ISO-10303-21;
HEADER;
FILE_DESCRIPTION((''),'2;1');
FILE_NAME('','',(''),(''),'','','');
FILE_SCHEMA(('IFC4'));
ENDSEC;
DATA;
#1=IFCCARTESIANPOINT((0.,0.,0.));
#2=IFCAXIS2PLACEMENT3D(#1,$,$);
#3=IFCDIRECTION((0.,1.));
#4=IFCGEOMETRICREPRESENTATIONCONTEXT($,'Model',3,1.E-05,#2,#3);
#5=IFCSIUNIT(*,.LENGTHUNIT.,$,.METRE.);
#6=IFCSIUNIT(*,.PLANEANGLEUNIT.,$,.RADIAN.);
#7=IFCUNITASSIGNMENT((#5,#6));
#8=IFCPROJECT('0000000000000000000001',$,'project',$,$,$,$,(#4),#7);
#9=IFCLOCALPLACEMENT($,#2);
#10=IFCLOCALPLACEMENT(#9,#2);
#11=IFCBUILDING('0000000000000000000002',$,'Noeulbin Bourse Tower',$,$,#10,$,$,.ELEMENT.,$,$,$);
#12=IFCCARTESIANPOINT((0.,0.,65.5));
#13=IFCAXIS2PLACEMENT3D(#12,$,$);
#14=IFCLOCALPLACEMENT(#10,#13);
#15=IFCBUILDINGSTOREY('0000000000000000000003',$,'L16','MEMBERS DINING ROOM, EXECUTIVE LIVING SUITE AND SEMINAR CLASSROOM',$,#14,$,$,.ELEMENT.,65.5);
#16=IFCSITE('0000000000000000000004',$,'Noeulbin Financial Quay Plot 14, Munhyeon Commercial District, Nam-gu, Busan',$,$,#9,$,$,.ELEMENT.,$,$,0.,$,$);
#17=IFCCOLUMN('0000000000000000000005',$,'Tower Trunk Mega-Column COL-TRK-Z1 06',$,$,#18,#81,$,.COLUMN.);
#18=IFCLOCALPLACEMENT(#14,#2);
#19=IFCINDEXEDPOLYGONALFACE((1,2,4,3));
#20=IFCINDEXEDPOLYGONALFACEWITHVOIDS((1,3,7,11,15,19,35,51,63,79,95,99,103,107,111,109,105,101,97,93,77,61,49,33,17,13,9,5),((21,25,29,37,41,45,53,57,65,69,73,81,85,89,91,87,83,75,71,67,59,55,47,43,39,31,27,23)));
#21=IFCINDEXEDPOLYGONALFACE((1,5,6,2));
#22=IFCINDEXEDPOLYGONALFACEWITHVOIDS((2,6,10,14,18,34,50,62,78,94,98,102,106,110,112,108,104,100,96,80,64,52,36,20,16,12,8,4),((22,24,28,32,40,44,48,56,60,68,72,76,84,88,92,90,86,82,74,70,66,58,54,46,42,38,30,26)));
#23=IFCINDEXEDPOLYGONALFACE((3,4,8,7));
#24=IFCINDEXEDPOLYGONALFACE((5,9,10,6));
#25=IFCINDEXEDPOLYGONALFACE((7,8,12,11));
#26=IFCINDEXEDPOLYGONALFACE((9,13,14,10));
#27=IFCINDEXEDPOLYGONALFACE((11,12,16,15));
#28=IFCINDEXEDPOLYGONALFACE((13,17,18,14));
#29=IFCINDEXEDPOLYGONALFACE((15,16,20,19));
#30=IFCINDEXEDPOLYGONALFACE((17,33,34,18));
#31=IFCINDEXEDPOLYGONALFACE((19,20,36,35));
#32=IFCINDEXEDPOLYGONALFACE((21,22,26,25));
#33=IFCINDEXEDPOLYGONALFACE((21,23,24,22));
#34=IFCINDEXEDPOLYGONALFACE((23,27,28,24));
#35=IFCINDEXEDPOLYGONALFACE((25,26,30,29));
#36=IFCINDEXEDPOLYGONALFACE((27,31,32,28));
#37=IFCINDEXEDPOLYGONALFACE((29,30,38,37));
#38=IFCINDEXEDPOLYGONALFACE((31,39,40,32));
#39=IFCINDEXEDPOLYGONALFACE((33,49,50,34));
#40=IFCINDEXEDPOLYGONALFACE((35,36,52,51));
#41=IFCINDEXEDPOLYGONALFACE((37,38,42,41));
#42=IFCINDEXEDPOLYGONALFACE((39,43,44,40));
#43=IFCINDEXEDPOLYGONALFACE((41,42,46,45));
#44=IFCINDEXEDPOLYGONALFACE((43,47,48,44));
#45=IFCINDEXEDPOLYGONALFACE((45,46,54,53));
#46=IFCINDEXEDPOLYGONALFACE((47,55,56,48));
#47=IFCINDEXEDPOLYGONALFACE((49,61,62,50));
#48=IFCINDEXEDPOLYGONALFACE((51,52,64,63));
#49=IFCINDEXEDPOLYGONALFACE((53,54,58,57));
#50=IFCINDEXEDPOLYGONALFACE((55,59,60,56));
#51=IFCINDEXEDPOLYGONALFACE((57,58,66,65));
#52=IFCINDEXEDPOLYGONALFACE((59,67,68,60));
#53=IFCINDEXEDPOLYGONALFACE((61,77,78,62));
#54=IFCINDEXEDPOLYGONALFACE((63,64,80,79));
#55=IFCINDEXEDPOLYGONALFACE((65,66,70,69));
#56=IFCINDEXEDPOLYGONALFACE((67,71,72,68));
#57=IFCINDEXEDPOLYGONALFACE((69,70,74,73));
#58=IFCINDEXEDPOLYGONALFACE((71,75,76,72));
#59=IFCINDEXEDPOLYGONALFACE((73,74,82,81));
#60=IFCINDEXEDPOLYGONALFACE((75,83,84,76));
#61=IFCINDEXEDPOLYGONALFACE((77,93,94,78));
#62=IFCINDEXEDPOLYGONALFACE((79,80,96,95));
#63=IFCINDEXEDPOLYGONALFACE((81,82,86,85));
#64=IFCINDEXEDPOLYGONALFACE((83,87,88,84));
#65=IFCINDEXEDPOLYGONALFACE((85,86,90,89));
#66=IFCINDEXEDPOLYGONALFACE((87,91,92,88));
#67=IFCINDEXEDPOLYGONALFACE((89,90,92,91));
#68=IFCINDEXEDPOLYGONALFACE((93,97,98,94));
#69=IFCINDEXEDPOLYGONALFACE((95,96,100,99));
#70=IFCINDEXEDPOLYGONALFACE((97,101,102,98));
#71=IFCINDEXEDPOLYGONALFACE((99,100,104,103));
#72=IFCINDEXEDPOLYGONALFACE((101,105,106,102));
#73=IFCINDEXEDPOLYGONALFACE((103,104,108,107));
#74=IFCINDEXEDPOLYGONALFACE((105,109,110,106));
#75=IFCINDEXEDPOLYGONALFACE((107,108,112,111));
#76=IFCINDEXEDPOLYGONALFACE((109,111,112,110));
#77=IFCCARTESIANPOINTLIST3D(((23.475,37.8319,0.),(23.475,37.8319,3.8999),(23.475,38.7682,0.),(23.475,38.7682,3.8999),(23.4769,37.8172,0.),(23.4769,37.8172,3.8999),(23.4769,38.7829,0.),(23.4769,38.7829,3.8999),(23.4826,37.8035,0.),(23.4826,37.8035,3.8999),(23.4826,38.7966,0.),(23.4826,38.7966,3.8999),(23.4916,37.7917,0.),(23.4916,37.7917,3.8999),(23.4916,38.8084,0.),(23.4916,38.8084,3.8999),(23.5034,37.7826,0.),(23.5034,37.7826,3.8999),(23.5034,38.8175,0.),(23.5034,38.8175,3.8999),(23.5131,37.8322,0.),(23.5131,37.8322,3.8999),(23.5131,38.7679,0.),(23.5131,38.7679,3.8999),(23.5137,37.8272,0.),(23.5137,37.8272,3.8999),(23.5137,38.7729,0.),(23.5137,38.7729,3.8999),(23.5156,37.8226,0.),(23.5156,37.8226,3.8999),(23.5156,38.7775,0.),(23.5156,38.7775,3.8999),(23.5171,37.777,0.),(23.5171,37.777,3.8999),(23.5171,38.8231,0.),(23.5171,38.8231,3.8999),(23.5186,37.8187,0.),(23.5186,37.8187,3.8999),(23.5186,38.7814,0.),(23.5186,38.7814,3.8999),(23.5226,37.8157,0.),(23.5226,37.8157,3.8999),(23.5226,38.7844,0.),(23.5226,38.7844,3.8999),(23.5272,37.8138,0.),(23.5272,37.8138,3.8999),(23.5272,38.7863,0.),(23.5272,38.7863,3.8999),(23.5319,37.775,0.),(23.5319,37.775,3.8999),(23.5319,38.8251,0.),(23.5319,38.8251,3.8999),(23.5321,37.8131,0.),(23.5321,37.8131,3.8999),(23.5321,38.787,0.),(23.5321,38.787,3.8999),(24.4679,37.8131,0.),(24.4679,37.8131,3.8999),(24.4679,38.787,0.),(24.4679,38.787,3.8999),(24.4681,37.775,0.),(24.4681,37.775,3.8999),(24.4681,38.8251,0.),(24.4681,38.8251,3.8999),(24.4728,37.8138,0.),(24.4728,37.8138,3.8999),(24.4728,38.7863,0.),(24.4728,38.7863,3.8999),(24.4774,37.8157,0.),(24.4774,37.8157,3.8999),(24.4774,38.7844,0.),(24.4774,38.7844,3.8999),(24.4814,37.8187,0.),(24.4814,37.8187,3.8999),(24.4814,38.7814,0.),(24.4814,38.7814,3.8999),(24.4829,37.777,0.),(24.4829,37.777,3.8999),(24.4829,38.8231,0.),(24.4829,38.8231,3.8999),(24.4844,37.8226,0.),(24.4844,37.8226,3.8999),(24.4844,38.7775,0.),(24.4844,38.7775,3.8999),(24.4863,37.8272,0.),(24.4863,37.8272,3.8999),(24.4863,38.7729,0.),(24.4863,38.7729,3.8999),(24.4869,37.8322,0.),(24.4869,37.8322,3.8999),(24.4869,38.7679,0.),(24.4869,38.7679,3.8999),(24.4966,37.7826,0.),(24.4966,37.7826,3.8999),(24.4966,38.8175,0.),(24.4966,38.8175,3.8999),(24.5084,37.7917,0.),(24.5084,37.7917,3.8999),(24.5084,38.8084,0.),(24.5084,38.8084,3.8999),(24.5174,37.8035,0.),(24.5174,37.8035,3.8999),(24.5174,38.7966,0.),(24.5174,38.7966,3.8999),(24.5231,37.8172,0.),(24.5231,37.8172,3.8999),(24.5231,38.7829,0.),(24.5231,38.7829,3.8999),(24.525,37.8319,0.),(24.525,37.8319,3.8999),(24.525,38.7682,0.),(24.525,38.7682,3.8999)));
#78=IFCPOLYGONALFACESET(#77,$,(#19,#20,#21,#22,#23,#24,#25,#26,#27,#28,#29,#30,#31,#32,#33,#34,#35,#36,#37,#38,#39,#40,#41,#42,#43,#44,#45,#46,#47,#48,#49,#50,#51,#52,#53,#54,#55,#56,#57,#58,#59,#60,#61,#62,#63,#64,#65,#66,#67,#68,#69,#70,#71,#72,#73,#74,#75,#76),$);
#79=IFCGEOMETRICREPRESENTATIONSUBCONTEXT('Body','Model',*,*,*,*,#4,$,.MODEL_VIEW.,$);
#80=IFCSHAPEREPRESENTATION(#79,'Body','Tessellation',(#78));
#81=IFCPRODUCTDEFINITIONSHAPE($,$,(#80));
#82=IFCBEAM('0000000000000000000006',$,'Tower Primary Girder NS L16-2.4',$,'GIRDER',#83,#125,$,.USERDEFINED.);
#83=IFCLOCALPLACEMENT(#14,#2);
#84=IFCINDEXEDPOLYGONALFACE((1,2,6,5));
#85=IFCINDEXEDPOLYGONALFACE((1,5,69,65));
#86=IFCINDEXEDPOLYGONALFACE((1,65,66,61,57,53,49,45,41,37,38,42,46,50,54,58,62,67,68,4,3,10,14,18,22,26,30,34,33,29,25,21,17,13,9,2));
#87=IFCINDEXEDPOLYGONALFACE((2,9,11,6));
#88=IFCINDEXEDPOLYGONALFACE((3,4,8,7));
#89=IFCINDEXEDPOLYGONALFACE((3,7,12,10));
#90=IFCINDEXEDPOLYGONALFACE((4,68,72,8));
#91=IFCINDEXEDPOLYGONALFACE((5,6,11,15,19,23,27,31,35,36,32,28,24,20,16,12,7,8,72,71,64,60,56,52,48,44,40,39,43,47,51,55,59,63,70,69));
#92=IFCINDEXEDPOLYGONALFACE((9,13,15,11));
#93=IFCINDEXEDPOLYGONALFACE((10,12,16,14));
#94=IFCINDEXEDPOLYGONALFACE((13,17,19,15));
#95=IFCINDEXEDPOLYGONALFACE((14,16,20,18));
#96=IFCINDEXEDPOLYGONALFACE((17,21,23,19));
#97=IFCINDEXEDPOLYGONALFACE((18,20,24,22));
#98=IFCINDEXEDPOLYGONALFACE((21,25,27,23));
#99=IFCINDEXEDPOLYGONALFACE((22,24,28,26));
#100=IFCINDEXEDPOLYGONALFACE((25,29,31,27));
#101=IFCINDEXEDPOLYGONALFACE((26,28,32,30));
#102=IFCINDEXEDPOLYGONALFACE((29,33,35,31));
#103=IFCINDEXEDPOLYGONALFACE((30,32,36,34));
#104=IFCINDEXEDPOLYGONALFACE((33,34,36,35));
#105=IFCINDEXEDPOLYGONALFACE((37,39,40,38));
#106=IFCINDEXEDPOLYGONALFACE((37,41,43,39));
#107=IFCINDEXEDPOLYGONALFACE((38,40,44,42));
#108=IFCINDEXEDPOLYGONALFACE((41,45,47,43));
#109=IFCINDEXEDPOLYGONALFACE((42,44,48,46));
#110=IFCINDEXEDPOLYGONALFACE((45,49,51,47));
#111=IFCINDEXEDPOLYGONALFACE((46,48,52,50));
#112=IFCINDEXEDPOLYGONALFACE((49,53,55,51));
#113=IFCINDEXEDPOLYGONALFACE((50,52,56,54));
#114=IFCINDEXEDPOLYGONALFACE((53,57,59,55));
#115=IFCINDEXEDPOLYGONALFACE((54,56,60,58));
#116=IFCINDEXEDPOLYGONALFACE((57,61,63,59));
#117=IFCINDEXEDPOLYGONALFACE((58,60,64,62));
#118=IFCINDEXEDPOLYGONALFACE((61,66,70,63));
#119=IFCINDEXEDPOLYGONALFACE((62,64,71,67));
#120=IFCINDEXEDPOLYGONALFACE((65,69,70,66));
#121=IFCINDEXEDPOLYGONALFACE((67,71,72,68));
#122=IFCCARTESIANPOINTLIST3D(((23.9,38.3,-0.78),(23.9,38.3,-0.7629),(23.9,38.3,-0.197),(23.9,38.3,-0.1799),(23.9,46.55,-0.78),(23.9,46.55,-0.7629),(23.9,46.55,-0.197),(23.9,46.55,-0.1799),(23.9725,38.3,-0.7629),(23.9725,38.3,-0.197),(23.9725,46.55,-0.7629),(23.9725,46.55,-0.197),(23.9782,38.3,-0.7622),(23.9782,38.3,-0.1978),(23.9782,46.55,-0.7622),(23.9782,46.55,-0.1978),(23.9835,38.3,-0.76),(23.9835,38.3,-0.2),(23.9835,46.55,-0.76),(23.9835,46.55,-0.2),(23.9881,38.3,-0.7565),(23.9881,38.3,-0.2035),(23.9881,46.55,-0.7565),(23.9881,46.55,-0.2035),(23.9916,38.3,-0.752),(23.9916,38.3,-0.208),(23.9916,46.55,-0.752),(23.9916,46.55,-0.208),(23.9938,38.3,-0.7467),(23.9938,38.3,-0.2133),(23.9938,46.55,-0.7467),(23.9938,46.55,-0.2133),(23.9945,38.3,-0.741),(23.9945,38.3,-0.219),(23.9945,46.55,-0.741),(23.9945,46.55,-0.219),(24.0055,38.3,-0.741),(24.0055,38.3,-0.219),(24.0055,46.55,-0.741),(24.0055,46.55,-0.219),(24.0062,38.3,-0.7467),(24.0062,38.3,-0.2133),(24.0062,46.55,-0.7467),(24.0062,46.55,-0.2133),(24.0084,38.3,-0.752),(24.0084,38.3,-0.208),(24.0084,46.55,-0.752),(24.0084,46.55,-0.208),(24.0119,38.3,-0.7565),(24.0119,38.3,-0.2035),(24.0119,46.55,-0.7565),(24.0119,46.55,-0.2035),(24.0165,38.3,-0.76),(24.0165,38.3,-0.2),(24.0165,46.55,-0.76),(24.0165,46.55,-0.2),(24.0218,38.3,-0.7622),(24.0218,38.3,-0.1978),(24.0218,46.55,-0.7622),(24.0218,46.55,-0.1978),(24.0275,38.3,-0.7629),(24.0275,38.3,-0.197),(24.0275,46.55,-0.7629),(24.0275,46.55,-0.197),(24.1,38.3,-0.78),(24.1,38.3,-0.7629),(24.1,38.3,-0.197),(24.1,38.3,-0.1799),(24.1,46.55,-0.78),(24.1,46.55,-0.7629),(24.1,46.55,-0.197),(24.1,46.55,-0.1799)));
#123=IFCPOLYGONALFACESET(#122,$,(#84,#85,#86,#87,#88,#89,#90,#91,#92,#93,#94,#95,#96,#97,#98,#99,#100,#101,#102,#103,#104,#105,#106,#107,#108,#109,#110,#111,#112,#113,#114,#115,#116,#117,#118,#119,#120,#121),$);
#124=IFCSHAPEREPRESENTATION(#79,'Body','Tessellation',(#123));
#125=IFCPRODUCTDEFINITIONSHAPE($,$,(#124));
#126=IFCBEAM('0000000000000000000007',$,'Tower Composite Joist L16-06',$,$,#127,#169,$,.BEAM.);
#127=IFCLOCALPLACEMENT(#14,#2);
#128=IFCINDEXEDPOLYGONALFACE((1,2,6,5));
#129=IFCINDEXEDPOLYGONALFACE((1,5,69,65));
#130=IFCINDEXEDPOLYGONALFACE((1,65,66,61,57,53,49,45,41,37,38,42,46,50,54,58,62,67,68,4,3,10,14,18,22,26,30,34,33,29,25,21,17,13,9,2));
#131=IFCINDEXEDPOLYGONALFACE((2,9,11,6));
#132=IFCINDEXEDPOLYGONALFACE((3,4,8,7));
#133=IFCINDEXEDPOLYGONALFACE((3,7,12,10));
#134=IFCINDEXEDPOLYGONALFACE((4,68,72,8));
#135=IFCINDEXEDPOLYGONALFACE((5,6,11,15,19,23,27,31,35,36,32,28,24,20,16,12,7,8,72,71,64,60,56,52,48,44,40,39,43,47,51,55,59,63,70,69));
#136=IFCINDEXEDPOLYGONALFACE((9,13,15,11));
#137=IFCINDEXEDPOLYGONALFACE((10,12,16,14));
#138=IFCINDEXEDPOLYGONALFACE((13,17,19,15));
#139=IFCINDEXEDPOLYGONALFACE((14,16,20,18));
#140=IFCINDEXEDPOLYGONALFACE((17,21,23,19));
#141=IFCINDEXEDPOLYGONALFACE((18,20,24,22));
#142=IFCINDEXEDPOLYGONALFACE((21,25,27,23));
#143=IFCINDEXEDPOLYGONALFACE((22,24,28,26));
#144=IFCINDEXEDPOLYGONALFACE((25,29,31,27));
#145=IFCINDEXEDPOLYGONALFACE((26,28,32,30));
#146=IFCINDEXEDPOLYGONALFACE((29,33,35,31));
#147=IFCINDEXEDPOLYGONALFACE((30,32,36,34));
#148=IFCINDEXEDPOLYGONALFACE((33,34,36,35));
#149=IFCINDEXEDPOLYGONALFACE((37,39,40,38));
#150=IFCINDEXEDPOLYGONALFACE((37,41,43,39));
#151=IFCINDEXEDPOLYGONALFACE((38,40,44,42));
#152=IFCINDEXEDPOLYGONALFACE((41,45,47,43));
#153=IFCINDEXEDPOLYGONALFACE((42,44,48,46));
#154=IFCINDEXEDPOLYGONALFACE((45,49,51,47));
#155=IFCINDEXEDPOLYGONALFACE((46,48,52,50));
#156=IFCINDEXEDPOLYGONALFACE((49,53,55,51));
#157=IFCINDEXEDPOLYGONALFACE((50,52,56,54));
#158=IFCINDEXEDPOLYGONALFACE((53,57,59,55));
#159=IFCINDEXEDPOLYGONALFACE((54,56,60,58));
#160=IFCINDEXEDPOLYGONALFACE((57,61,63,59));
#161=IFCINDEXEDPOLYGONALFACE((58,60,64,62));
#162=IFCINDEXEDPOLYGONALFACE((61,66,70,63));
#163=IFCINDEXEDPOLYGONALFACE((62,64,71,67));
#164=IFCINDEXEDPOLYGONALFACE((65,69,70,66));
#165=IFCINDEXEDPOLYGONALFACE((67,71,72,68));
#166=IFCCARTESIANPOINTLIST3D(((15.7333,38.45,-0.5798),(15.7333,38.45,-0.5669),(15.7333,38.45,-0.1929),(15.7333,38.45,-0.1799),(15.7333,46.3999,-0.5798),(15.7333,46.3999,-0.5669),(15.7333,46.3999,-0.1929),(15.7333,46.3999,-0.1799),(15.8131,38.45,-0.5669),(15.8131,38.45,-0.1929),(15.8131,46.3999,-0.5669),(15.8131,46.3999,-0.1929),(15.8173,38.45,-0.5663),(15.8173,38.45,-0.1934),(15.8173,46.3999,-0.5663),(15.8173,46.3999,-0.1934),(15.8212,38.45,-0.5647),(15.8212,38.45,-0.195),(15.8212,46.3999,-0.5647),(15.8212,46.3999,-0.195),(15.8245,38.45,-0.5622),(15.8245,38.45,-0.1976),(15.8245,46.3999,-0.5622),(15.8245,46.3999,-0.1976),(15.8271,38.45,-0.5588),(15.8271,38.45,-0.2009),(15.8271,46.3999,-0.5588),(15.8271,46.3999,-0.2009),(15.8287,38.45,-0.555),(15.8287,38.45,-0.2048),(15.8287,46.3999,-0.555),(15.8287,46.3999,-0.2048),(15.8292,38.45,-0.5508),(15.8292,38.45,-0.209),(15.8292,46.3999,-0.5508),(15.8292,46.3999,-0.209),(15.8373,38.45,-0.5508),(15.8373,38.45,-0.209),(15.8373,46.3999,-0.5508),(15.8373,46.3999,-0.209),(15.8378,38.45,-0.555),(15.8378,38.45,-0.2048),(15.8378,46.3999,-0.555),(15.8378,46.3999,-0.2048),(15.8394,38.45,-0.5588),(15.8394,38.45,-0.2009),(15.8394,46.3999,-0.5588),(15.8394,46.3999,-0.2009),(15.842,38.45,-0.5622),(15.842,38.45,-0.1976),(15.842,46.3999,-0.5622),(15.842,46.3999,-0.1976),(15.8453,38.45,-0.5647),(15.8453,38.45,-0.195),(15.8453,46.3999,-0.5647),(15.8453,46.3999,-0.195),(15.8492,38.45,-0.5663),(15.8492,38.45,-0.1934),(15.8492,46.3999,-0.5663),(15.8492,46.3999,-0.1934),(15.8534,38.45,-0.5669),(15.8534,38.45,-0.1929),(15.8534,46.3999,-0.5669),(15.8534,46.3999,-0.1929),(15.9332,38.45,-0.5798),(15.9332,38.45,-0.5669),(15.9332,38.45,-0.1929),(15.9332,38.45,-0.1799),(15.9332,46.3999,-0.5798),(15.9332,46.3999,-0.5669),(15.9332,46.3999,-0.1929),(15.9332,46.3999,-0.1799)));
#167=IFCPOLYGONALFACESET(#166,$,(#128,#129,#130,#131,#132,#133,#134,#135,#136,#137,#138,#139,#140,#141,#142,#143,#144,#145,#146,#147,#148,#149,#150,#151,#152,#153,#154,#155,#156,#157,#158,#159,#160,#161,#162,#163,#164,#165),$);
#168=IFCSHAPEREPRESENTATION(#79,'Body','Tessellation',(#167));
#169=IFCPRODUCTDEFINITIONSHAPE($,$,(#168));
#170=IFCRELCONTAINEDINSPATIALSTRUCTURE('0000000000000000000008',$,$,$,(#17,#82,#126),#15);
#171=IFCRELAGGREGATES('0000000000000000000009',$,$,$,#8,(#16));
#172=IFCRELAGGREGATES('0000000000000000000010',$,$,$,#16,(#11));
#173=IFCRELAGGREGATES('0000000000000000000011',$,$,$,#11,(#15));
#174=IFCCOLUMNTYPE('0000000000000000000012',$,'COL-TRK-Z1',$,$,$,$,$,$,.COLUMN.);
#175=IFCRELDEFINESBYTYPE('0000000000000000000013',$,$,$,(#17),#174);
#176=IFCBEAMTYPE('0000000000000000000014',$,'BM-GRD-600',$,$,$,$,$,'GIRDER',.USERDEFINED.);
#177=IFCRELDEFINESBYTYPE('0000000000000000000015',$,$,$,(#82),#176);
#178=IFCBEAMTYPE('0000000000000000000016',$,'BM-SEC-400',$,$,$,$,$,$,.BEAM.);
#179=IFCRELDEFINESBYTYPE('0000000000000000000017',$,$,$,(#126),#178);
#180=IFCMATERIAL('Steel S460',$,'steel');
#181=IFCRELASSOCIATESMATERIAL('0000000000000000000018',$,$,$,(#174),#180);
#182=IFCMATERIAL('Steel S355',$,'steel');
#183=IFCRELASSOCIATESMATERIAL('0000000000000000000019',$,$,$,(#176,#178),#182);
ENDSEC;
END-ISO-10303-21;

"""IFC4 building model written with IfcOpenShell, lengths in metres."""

from ifc_helpers import new_model, si_unit, direction, frame, origin, origin_2d, place, context, subcontext, project, spatial, hollow_rectangle, i_section, extrude, material, material_profile, profile_set, type_object, element, save


model = new_model("IFC4")

# Units and contexts
model_context = context("Model", 3, precision=1e-05, world=origin(), true_north=direction((0.0, 1.0)))
body_context = subcontext(model_context, "Body", "Model", "MODEL_VIEW")
ifc_project = project(units=[si_unit("LENGTHUNIT", "METRE"), si_unit("PLANEANGLEUNIT", "RADIAN")], contexts=[model_context])

# Site, building, storey
site_placement = place(None, origin())
site = spatial("IfcSite", under=ifc_project, at=site_placement, Name="Noeulbin Financial Quay Plot 14, Munhyeon Commercial District, Nam-gu, Busan", CompositionType="ELEMENT", RefElevation=0.0)
building_placement = place(site_placement, origin())
building = spatial("IfcBuilding", under=site, at=building_placement, Name="Noeulbin Bourse Tower", CompositionType="ELEMENT")
storey_placement = place(building_placement, frame((0.0, 0.0, 65.5)))
storey = spatial("IfcBuildingStorey", under=building, at=storey_placement, Name="L16", Description="MEMBERS DINING ROOM, EXECUTIVE LIVING SUITE AND SEMINAR CLASSROOM", CompositionType="ELEMENT", Elevation=65.5)

# Column
ifc_material_1 = material(Name="Steel S460", Category="steel")
ifc_material_profile_1 = material_profile(ifc_material_1, hollow_rectangle(XDim=1.05, YDim=1.05, WallThickness=0.0381, InnerFilletRadius=0.019, OuterFilletRadius=0.0569, at=origin_2d()), Name="BOX-1050x1050x38", Category="LoadBearing")
ifc_profile_set_1 = profile_set([ifc_material_profile_1], Name="Steel S460")
column_type_1 = type_object("IfcColumnType", Name="COL-TRK-Z1", PredefinedType="COLUMN", material=ifc_profile_set_1)
for number, where, z_axis, x_axis, name in (
    (1, (24.0, 38.3, 0.0), (0.0, 0.0, 1.0), (1.0, 0.0, 0.0), "Tower Trunk Mega-Column COL-TRK-Z1 06"),
):
    element("IfcColumn", number, at=place(storey_placement, frame(where, z_axis=z_axis, x_axis=x_axis)), inside=storey, type_object=column_type_1, Name=name, PredefinedType="COLUMN", context=body_context, shape_type="SweptSolid", body=[
        extrude(hollow_rectangle(XDim=1.05, YDim=1.05, WallThickness=0.0381, InnerFilletRadius=0.019, OuterFilletRadius=0.0569, at=origin_2d()), origin(), (0.0, 0.0, 1.0), 3.8999),
    ])

# Beams
ifc_material_2 = material(Name="Steel S355", Category="steel")
ifc_material_profile_2 = material_profile(ifc_material_2, i_section(OverallWidth=0.2, OverallDepth=0.6001, WebThickness=0.011, FlangeThickness=0.0171, FilletRadius=0.022, at=origin_2d()), Name="H-600x200x11x17", Category="LoadBearing")
ifc_profile_set_2 = profile_set([ifc_material_profile_2], Name="Steel S355")
beam_type_1 = type_object("IfcBeamType", Name="BM-GRD-600", ElementType="GIRDER", PredefinedType="USERDEFINED", material=ifc_profile_set_2)
beam_1_placement = place(storey_placement, frame((24.0, 38.3, -0.48), z_axis=(0.0, 1.0, 0.0), x_axis=(-1.0, 0.0, 0.0)))
element("IfcBeam", 2, at=beam_1_placement, inside=storey, type_object=beam_type_1, Name="Tower Primary Girder NS L16-2.4", ObjectType="GIRDER", PredefinedType="USERDEFINED", context=body_context, shape_type="SweptSolid", body=[
    extrude(i_section(OverallWidth=0.2, OverallDepth=0.6001, WebThickness=0.011, FlangeThickness=0.0171, FilletRadius=0.022, at=origin_2d()), origin(), (0.0, 0.0, 1.0), 8.25),
])
ifc_material_profile_3 = material_profile(ifc_material_2, i_section(OverallWidth=0.2, OverallDepth=0.3999, WebThickness=0.0081, FlangeThickness=0.0129, FilletRadius=0.0161, at=origin_2d()), Name="H-400x200x8x13", Category="LoadBearing")
ifc_profile_set_3 = profile_set([ifc_material_profile_3], Name="Steel S355")
beam_type_2 = type_object("IfcBeamType", Name="BM-SEC-400", PredefinedType="BEAM", material=ifc_profile_set_3)
for number, where, z_axis, x_axis, name in (
    (3, (15.8333, 38.45, -0.3799), (0.0, 1.0, 0.0), (-1.0, 0.0, 0.0), "Tower Composite Joist L16-06"),
):
    element("IfcBeam", number, at=place(storey_placement, frame(where, z_axis=z_axis, x_axis=x_axis)), inside=storey, type_object=beam_type_2, Name=name, PredefinedType="BEAM", context=body_context, shape_type="SweptSolid", body=[
        extrude(i_section(OverallWidth=0.2, OverallDepth=0.3999, WebThickness=0.0081, FlangeThickness=0.0129, FilletRadius=0.0161, at=origin_2d()), origin(), (0.0, 0.0, 1.0), 7.95),
    ])

save(model, "model.ifc")
